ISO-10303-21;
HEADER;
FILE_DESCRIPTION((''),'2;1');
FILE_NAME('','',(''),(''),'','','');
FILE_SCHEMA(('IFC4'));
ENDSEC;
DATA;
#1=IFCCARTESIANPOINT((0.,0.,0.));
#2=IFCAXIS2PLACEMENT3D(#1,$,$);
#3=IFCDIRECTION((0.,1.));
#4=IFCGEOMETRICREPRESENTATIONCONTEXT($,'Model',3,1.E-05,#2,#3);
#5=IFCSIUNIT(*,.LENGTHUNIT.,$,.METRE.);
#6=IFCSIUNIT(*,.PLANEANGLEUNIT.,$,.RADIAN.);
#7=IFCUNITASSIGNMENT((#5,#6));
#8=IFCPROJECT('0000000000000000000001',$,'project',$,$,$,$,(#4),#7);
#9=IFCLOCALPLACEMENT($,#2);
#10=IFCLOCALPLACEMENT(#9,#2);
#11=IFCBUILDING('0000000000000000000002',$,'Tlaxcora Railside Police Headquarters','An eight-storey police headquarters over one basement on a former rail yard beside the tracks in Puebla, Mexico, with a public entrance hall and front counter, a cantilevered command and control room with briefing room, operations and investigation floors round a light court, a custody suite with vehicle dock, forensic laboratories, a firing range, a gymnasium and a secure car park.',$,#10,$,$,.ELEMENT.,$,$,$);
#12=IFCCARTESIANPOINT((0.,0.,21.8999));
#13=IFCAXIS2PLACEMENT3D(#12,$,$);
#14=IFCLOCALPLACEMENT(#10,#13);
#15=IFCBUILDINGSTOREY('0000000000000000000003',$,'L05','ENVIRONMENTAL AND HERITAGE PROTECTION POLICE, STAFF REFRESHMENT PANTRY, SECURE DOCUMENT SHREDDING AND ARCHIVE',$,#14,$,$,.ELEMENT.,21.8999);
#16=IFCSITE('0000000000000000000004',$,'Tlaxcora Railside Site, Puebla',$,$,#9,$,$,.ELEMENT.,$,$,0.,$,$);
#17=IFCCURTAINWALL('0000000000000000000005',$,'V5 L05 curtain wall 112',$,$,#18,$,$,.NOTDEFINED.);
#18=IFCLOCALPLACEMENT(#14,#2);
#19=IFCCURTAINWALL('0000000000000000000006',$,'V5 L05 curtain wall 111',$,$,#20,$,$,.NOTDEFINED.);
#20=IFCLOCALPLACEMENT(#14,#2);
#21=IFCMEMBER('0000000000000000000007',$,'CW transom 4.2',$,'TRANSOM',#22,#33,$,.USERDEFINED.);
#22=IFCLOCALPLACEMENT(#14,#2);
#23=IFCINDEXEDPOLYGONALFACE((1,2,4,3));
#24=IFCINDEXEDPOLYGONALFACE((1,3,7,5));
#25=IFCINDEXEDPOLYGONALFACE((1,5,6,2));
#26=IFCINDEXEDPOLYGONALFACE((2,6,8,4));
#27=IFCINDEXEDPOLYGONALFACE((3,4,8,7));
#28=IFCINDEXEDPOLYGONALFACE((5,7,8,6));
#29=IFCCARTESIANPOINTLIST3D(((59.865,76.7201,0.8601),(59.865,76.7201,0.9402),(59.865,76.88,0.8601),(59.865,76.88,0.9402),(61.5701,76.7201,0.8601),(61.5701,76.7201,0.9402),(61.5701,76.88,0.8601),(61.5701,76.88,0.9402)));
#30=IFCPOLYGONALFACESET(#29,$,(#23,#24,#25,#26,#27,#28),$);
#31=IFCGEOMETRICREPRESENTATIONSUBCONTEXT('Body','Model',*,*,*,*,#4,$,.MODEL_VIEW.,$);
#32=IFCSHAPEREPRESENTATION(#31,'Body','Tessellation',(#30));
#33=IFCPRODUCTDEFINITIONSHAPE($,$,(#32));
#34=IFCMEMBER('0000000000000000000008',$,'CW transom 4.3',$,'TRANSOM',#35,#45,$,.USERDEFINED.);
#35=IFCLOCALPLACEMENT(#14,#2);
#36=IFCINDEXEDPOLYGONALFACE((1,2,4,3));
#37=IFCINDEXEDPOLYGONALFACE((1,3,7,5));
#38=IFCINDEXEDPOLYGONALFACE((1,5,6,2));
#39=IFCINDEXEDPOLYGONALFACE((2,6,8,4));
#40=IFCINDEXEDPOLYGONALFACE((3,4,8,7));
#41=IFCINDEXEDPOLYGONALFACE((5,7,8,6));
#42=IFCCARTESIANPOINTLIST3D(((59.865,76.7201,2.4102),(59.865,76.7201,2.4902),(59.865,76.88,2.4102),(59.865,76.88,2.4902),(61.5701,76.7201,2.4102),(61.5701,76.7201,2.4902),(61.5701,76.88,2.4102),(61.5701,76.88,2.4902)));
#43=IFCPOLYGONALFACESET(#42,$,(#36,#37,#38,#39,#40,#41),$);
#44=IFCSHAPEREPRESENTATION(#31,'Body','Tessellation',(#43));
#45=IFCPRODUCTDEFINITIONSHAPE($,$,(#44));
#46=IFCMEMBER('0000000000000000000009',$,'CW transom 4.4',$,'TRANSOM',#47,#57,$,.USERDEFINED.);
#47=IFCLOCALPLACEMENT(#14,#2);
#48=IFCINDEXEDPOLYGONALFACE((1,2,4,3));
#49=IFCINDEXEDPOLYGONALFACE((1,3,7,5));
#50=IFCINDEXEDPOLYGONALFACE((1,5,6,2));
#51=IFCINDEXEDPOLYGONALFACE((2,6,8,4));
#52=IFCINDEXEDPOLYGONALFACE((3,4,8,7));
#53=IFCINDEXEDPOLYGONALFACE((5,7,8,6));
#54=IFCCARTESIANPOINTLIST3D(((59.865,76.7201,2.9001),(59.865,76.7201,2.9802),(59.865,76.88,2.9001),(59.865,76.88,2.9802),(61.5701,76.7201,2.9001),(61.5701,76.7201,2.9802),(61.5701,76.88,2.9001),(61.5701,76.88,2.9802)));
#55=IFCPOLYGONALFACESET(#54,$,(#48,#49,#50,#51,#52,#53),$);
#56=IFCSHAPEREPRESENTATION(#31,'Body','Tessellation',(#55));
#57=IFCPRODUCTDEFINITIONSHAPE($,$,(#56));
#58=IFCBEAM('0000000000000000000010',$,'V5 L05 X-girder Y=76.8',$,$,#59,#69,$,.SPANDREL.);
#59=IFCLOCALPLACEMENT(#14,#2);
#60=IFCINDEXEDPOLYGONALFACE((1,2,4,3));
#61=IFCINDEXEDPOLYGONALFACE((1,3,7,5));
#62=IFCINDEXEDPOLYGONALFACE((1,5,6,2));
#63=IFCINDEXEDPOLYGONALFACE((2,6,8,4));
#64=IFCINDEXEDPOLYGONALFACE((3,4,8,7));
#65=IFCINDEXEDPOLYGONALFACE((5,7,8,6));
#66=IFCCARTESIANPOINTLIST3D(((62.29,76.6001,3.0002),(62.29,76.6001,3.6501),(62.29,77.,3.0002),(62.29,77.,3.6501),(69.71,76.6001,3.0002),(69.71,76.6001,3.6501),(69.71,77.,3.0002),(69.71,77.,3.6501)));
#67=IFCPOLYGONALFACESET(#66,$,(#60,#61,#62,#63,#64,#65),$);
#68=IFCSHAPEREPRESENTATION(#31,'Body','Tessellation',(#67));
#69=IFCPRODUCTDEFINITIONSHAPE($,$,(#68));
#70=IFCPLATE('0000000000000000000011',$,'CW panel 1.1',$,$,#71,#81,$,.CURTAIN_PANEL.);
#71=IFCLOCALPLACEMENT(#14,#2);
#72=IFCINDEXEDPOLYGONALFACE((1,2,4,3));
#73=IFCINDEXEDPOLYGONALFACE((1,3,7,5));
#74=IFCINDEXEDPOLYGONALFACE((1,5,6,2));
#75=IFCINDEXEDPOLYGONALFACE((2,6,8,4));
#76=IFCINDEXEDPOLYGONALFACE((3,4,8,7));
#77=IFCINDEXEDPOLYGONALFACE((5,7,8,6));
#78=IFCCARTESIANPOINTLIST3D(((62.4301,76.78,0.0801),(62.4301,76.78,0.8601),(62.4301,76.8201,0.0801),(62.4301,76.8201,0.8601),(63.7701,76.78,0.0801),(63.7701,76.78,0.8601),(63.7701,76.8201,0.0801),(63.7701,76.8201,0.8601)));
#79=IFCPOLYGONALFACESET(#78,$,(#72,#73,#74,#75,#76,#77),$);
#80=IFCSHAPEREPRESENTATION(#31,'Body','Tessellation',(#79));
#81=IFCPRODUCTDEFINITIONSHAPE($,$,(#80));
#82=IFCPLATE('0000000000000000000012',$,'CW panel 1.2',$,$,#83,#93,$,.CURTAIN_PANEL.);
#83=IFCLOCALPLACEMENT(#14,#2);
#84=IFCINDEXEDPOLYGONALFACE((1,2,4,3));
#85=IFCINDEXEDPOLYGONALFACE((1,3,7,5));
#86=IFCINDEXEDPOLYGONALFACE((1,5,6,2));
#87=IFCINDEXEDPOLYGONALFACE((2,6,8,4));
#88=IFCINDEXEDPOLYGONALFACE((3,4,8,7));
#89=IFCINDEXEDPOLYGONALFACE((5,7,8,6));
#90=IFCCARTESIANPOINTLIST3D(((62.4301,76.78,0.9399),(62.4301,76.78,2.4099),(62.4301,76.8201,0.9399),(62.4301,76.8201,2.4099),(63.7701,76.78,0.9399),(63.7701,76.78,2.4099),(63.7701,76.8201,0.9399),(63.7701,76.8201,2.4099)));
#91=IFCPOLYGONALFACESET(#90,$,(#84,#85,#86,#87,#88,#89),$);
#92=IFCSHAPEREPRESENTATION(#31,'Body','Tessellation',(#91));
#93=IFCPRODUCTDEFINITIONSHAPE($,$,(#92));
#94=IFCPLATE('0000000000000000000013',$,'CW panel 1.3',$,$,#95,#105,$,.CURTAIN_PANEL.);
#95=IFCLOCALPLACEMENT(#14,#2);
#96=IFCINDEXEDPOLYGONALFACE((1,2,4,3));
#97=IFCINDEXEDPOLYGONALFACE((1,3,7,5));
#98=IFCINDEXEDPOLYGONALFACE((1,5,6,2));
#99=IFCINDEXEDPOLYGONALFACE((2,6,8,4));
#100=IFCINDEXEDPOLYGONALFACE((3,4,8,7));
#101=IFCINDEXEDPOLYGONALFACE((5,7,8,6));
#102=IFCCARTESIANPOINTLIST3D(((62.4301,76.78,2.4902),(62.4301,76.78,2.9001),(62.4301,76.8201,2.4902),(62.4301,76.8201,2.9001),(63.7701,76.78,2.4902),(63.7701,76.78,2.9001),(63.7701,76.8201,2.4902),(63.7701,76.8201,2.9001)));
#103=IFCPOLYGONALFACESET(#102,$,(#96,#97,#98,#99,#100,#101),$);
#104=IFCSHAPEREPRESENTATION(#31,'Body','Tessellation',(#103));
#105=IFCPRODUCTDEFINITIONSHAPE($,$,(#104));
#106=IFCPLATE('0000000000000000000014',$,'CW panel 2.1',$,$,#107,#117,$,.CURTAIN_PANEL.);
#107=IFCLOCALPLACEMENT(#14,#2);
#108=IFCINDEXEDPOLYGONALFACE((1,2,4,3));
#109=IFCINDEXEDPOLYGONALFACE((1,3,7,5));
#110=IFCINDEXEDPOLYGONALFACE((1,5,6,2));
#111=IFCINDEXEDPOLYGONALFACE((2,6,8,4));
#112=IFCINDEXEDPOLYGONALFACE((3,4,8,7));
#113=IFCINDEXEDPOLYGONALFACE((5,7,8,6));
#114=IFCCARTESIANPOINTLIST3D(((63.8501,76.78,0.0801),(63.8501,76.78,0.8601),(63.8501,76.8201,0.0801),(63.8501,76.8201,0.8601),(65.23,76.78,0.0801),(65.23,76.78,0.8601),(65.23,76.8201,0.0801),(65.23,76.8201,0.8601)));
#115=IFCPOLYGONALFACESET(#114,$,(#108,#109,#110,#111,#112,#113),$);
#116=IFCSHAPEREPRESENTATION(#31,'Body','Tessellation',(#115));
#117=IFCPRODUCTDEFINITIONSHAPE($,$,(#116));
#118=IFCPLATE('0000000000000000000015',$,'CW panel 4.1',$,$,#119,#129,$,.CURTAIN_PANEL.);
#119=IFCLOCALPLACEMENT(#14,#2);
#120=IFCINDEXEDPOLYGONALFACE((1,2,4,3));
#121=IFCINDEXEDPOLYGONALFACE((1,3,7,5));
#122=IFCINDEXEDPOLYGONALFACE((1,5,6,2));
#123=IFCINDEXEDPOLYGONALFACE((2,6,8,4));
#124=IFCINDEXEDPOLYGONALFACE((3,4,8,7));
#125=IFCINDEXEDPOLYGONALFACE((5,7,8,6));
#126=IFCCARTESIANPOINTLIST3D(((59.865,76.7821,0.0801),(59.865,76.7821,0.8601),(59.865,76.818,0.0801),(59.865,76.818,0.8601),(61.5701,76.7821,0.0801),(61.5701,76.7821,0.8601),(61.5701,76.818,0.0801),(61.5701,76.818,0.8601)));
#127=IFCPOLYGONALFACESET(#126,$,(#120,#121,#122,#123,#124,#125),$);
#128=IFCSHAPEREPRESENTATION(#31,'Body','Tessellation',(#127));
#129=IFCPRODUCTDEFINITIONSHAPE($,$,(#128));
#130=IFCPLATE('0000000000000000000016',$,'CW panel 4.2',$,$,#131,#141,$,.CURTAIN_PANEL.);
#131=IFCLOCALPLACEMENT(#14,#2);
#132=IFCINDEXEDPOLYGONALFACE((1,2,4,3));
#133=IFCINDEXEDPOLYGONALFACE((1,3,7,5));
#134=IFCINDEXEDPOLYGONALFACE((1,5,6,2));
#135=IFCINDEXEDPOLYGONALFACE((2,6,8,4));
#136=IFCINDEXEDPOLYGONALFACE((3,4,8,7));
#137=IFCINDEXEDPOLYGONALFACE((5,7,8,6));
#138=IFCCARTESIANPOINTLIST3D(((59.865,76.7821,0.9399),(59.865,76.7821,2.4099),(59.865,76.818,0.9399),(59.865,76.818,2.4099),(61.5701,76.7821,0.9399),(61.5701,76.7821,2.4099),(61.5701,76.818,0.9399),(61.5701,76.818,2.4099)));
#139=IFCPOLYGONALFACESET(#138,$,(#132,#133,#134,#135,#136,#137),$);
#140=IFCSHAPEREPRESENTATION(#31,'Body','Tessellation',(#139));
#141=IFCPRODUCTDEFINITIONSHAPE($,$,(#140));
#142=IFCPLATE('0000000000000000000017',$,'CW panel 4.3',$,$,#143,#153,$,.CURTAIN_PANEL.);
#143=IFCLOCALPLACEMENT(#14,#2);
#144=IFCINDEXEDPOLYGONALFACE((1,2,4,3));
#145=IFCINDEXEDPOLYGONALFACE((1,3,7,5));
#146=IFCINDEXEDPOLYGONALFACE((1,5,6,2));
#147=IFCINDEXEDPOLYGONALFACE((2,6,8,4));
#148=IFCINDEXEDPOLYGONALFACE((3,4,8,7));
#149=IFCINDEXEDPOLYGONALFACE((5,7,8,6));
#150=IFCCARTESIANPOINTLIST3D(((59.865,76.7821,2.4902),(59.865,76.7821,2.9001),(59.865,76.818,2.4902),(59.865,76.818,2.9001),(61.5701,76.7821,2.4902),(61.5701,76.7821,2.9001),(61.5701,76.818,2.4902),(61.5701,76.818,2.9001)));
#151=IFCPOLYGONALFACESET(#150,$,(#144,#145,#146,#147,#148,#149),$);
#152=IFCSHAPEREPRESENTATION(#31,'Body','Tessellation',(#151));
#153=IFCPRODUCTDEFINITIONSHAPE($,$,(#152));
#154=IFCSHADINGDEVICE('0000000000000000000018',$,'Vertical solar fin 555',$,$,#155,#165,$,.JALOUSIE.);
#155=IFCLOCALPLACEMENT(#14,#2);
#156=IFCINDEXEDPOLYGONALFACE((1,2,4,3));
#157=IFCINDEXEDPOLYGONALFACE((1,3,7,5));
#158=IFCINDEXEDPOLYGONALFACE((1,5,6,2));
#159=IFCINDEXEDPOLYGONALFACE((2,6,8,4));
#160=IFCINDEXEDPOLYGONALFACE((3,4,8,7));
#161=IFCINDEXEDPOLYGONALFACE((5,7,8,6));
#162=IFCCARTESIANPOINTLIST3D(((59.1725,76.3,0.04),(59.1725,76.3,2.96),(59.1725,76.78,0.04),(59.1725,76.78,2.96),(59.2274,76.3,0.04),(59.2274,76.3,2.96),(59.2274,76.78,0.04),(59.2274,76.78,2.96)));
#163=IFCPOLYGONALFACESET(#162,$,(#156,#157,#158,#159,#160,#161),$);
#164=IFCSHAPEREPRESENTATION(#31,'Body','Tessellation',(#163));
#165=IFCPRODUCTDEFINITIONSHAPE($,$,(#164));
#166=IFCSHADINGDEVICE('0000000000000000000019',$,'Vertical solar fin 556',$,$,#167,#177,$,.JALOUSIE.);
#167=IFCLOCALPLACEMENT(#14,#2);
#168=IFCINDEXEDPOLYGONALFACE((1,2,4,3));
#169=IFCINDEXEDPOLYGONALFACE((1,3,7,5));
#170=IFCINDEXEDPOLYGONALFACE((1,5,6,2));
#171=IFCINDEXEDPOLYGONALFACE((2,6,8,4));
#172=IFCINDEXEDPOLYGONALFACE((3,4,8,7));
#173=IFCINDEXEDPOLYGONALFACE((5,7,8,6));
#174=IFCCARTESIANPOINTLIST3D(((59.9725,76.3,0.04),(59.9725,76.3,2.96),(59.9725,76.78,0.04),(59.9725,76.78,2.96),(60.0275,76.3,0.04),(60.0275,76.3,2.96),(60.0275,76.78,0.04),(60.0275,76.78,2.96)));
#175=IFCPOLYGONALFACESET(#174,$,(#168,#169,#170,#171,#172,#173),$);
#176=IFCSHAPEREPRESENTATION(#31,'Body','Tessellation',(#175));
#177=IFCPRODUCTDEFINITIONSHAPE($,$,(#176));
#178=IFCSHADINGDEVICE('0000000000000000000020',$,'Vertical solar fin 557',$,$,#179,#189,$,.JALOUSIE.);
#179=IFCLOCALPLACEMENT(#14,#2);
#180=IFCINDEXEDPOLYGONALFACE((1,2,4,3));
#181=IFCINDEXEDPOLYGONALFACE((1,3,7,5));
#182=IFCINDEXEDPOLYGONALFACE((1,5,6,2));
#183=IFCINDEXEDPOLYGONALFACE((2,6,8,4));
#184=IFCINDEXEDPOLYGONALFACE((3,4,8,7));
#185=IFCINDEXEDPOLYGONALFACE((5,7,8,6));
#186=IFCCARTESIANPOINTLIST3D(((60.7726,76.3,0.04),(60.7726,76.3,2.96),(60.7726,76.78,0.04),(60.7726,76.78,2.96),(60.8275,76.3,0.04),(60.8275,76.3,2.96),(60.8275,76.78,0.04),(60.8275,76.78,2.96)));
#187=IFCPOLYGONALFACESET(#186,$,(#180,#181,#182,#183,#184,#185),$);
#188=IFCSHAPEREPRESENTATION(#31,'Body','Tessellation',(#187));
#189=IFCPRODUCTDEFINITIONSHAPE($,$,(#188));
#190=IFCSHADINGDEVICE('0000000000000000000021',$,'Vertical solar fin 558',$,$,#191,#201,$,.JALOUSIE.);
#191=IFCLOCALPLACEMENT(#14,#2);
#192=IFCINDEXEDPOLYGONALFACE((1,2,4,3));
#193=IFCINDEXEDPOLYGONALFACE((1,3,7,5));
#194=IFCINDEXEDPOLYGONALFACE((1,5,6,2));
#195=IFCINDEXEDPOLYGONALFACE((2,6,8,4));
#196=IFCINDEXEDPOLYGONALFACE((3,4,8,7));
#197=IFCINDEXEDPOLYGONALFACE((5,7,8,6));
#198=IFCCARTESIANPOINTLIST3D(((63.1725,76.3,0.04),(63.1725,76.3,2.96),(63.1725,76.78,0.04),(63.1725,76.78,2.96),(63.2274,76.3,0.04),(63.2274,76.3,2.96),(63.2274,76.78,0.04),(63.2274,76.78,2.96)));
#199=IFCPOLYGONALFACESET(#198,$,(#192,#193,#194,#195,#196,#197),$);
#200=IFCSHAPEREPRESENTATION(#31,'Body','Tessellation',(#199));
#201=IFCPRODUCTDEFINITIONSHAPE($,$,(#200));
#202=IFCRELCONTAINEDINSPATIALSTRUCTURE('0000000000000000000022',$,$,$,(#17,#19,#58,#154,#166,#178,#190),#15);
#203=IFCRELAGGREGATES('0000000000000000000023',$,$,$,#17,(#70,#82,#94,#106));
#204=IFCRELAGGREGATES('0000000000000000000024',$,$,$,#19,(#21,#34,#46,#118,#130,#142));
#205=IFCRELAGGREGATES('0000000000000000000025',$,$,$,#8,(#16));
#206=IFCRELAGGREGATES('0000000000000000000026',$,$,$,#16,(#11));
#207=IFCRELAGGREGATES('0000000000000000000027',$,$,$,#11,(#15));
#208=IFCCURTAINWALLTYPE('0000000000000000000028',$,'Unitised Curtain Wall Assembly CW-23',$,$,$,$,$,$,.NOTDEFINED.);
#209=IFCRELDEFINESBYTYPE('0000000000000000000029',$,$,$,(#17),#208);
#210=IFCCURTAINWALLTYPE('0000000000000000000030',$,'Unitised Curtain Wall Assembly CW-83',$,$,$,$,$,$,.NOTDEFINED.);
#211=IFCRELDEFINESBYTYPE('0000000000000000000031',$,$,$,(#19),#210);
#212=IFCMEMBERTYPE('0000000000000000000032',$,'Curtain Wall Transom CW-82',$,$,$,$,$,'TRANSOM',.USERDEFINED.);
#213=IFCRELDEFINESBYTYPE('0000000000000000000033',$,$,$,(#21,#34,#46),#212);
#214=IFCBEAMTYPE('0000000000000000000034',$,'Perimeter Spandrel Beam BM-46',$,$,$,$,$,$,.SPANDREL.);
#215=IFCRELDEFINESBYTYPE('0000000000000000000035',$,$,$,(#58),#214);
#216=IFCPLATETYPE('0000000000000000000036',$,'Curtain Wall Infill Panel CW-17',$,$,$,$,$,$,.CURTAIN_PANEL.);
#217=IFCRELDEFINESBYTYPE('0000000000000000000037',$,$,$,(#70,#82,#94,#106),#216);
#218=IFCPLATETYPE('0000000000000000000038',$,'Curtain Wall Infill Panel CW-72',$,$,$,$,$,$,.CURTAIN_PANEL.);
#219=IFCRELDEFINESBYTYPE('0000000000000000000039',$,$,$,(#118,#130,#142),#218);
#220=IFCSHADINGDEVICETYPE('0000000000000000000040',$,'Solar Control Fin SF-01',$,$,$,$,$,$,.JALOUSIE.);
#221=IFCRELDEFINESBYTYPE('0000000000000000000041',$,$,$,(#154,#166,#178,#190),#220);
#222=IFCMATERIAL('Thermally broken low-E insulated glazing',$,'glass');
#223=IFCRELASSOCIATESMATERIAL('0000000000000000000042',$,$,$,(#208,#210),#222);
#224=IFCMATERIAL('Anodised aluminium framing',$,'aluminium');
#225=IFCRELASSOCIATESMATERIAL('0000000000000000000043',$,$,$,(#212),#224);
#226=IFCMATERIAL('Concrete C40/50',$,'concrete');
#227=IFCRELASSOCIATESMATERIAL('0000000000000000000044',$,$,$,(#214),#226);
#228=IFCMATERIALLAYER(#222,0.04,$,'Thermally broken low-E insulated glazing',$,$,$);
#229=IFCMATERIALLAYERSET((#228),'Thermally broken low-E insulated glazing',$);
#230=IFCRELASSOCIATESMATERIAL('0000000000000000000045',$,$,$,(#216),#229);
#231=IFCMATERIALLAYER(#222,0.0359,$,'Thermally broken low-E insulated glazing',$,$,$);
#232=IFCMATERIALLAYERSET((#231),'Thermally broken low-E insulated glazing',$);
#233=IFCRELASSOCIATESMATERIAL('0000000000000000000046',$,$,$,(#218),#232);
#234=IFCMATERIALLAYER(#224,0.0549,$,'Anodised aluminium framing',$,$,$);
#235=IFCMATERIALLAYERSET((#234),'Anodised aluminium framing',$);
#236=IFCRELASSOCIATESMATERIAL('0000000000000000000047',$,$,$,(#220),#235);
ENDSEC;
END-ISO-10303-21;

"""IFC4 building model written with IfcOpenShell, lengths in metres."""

from ifc_helpers import new_model, si_unit, direction, frame, origin, origin_2d, place, context, subcontext, project, spatial, rectangle, extrude, material, layer, layer_set, material_profile, profile_set, type_object, element, aggregate, save


model = new_model("IFC4")

# Units and contexts
model_context = context("Model", 3, precision=1e-05, world=origin(), true_north=direction((0.0, 1.0)))
body_context = subcontext(model_context, "Body", "Model", "MODEL_VIEW")
ifc_project = project(units=[si_unit("LENGTHUNIT", "METRE"), si_unit("PLANEANGLEUNIT", "RADIAN")], contexts=[model_context])

# Site, building, storey
site_placement = place(None, origin())
site = spatial("IfcSite", under=ifc_project, at=site_placement, Name="Tlaxcora Railside Site, Puebla", CompositionType="ELEMENT", RefElevation=0.0)
building_placement = place(site_placement, origin())
building = spatial("IfcBuilding", under=site, at=building_placement, Name="Tlaxcora Railside Police Headquarters", Description="An eight-storey police headquarters over one basement on a former rail yard beside the tracks in Puebla, Mexico, with a public entrance hall and front counter, a cantilevered command and control room with briefing room, operations and investigation floors round a light court, a custody suite with vehicle dock, forensic laboratories, a firing range, a gymnasium and a secure car park.", CompositionType="ELEMENT")
storey_placement = place(building_placement, frame((0.0, 0.0, 21.8999)))
storey = spatial("IfcBuildingStorey", under=building, at=storey_placement, Name="L05", Description="ENVIRONMENTAL AND HERITAGE PROTECTION POLICE, STAFF REFRESHMENT PANTRY, SECURE DOCUMENT SHREDDING AND ARCHIVE", CompositionType="ELEMENT", Elevation=21.8999)

# Shared definitions
ifc_material_1 = material(Name="Concrete C40/50", Category="concrete")

# Curtain walls
ifc_material_2 = material(Name="Thermally broken low-E insulated glazing", Category="glass")
curtain_wall_type_1 = type_object("IfcCurtainWallType", Name="Unitised Curtain Wall Assembly CW-23", PredefinedType="NOTDEFINED", material=ifc_material_2)
curtain_wall_1_placement = place(storey_placement, origin())
curtain_wall_1 = element("IfcCurtainWall", 1, at=curtain_wall_1_placement, inside=storey, type_object=curtain_wall_type_1, Name="V5 L05 curtain wall 112", PredefinedType="NOTDEFINED")
ifc_material_3 = material(Name="Anodised aluminium framing", Category="aluminium")
curtain_wall_type_2 = type_object("IfcCurtainWallType", Name="Unitised Curtain Wall Assembly CW-83", PredefinedType="NOTDEFINED", material=ifc_material_2)
curtain_wall_2_placement = place(storey_placement, origin())
curtain_wall_2 = element("IfcCurtainWall", 2, at=curtain_wall_2_placement, inside=storey, type_object=curtain_wall_type_2, Name="V5 L05 curtain wall 111", PredefinedType="NOTDEFINED")

# Members
ifc_material_profile_1 = material_profile(ifc_material_3, rectangle(XDim=0.1599, YDim=0.0801, at=origin_2d()), Name="AL80X160")
ifc_profile_set_1 = profile_set([ifc_material_profile_1], Name="Anodised aluminium framing")
member_type_1 = type_object("IfcMemberType", Name="Curtain Wall Transom CW-82", ElementType="TRANSOM", PredefinedType="USERDEFINED", material=ifc_profile_set_1)
member_1_placement = place(storey_placement, frame((59.865, 76.8, 0.9001), z_axis=(1.0, 0.0, 0.0), x_axis=(0.0, 1.0, 0.0)))
member_1 = element("IfcMember", 3, at=member_1_placement, type_object=member_type_1, Name="CW transom 4.2", ObjectType="TRANSOM", PredefinedType="USERDEFINED", context=body_context, shape_type="SweptSolid", body=[
    extrude(rectangle(XDim=0.1599, YDim=0.0801, at=origin_2d()), origin(), (0.0, 0.0, 1.0), 1.7051),
])
member_2_placement = place(storey_placement, frame((59.865, 76.8, 2.4502), z_axis=(1.0, 0.0, 0.0), x_axis=(0.0, 1.0, 0.0)))
member_2 = element("IfcMember", 4, at=member_2_placement, type_object=member_type_1, Name="CW transom 4.3", ObjectType="TRANSOM", PredefinedType="USERDEFINED", context=body_context, shape_type="SweptSolid", body=[
    extrude(rectangle(XDim=0.1599, YDim=0.0801, at=origin_2d()), origin(), (0.0, 0.0, 1.0), 1.7051),
])
member_3_placement = place(storey_placement, frame((59.865, 76.8, 2.9402), z_axis=(1.0, 0.0, 0.0), x_axis=(0.0, 1.0, 0.0)))
member_3 = element("IfcMember", 5, at=member_3_placement, type_object=member_type_1, Name="CW transom 4.4", ObjectType="TRANSOM", PredefinedType="USERDEFINED", context=body_context, shape_type="SweptSolid", body=[
    extrude(rectangle(XDim=0.1599, YDim=0.0801, at=origin_2d()), origin(), (0.0, 0.0, 1.0), 1.7051),
])

# Beam
ifc_material_profile_2 = material_profile(ifc_material_1, rectangle(XDim=0.3999, YDim=0.6499, at=origin_2d()), Name="RC400X650")
ifc_profile_set_2 = profile_set([ifc_material_profile_2], Name="Concrete C40/50")
beam_type = type_object("IfcBeamType", Name="Perimeter Spandrel Beam BM-46", PredefinedType="SPANDREL", material=ifc_profile_set_2)
beam_placement = place(storey_placement, frame((62.29, 76.8, 3.3252), z_axis=(1.0, 0.0, 0.0), x_axis=(0.0, 1.0, 0.0)))
element("IfcBeam", 6, at=beam_placement, inside=storey, type_object=beam_type, Name="V5 L05 X-girder Y=76.8", PredefinedType="SPANDREL", context=body_context, shape_type="SweptSolid", body=[
    extrude(rectangle(XDim=0.3999, YDim=0.6499, at=origin_2d()), origin(), (0.0, 0.0, 1.0), 7.4199),
])

# Plates
ifc_layer_1 = layer(ifc_material_2, 0.04, Name="Thermally broken low-E insulated glazing")
ifc_layer_set_1 = layer_set([ifc_layer_1], Name="Thermally broken low-E insulated glazing")
plate_type_1 = type_object("IfcPlateType", Name="Curtain Wall Infill Panel CW-17", PredefinedType="CURTAIN_PANEL", material=ifc_layer_set_1)
plate_1_placement = place(storey_placement, frame((63.1001, 76.8, 0.0801), z_axis=(0.0, 0.0, 1.0), x_axis=(1.0, 0.0, 0.0)))
plate_1 = element("IfcPlate", 7, at=plate_1_placement, type_object=plate_type_1, Name="CW panel 1.1", PredefinedType="CURTAIN_PANEL", context=body_context, shape_type="SweptSolid", body=[
    extrude(rectangle(XDim=1.3401, YDim=0.04, at=origin_2d()), origin(), (0.0, 0.0, 1.0), 0.78),
])
plate_2_placement = place(storey_placement, frame((63.1001, 76.8, 0.9399), z_axis=(0.0, 0.0, 1.0), x_axis=(1.0, 0.0, 0.0)))
plate_2 = element("IfcPlate", 8, at=plate_2_placement, type_object=plate_type_1, Name="CW panel 1.2", PredefinedType="CURTAIN_PANEL", context=body_context, shape_type="SweptSolid", body=[
    extrude(rectangle(XDim=1.3401, YDim=0.04, at=origin_2d()), origin(), (0.0, 0.0, 1.0), 1.47),
])
plate_3_placement = place(storey_placement, frame((63.1001, 76.8, 2.4902), z_axis=(0.0, 0.0, 1.0), x_axis=(1.0, 0.0, 0.0)))
plate_3 = element("IfcPlate", 9, at=plate_3_placement, type_object=plate_type_1, Name="CW panel 1.3", PredefinedType="CURTAIN_PANEL", context=body_context, shape_type="SweptSolid", body=[
    extrude(rectangle(XDim=1.3401, YDim=0.04, at=origin_2d()), origin(), (0.0, 0.0, 1.0), 0.4099),
])
plate_4_placement = place(storey_placement, frame((64.54, 76.8, 0.0801), z_axis=(0.0, 0.0, 1.0), x_axis=(1.0, 0.0, 0.0)))
plate_4 = element("IfcPlate", 10, at=plate_4_placement, type_object=plate_type_1, Name="CW panel 2.1", PredefinedType="CURTAIN_PANEL", context=body_context, shape_type="SweptSolid", body=[
    extrude(rectangle(XDim=1.3799, YDim=0.04, at=origin_2d()), origin(), (0.0, 0.0, 1.0), 0.78),
])
aggregate(curtain_wall_1, [plate_1, plate_2, plate_3, plate_4])
ifc_layer_2 = layer(ifc_material_2, 0.0359, Name="Thermally broken low-E insulated glazing")
ifc_layer_set_2 = layer_set([ifc_layer_2], Name="Thermally broken low-E insulated glazing")
plate_type_2 = type_object("IfcPlateType", Name="Curtain Wall Infill Panel CW-72", PredefinedType="CURTAIN_PANEL", material=ifc_layer_set_2)
plate_5_placement = place(storey_placement, frame((60.7175, 76.8, 0.0801), z_axis=(0.0, 0.0, 1.0), x_axis=(1.0, 0.0, 0.0)))
plate_5 = element("IfcPlate", 11, at=plate_5_placement, type_object=plate_type_2, Name="CW panel 4.1", PredefinedType="CURTAIN_PANEL", context=body_context, shape_type="SweptSolid", body=[
    extrude(rectangle(XDim=1.7051, YDim=0.0359, at=origin_2d()), origin(), (0.0, 0.0, 1.0), 0.78),
])
plate_6_placement = place(storey_placement, frame((60.7175, 76.8, 0.9399), z_axis=(0.0, 0.0, 1.0), x_axis=(1.0, 0.0, 0.0)))
plate_6 = element("IfcPlate", 12, at=plate_6_placement, type_object=plate_type_2, Name="CW panel 4.2", PredefinedType="CURTAIN_PANEL", context=body_context, shape_type="SweptSolid", body=[
    extrude(rectangle(XDim=1.7051, YDim=0.0359, at=origin_2d()), origin(), (0.0, 0.0, 1.0), 1.47),
])
plate_7_placement = place(storey_placement, frame((60.7175, 76.8, 2.4902), z_axis=(0.0, 0.0, 1.0), x_axis=(1.0, 0.0, 0.0)))
plate_7 = element("IfcPlate", 13, at=plate_7_placement, type_object=plate_type_2, Name="CW panel 4.3", PredefinedType="CURTAIN_PANEL", context=body_context, shape_type="SweptSolid", body=[
    extrude(rectangle(XDim=1.7051, YDim=0.0359, at=origin_2d()), origin(), (0.0, 0.0, 1.0), 0.4099),
])
aggregate(curtain_wall_2, [member_1, member_2, member_3, plate_5, plate_6, plate_7])

# Shading devices
ifc_layer_3 = layer(ifc_material_3, 0.0549, Name="Anodised aluminium framing")
ifc_layer_set_3 = layer_set([ifc_layer_3], Name="Anodised aluminium framing")
shading_device_type = type_object("IfcShadingDeviceType", Name="Solar Control Fin SF-01", PredefinedType="JALOUSIE", material=ifc_layer_set_3)
for number, where, z_axis, x_axis, name in (
    (14, (59.2, 76.54, 0.04), (0.0, 0.0, 1.0), (0.0, -1.0, 0.0), "Vertical solar fin 555"),
    (15, (60.0, 76.54, 0.04), (0.0, 0.0, 1.0), (0.0, -1.0, 0.0), "Vertical solar fin 556"),
    (16, (60.8, 76.54, 0.04), (0.0, 0.0, 1.0), (0.0, -1.0, 0.0), "Vertical solar fin 557"),
    (17, (63.2, 76.54, 0.04), (0.0, 0.0, 1.0), (0.0, -1.0, 0.0), "Vertical solar fin 558"),
):
    element("IfcShadingDevice", number, at=place(storey_placement, frame(where, z_axis=z_axis, x_axis=x_axis)), inside=storey, type_object=shading_device_type, Name=name, PredefinedType="JALOUSIE", context=body_context, shape_type="SweptSolid", body=[
        extrude(rectangle(XDim=0.48, YDim=0.0549, at=origin_2d()), origin(), (0.0, 0.0, 1.0), 2.9199),
    ])

save(model, "model.ifc")
